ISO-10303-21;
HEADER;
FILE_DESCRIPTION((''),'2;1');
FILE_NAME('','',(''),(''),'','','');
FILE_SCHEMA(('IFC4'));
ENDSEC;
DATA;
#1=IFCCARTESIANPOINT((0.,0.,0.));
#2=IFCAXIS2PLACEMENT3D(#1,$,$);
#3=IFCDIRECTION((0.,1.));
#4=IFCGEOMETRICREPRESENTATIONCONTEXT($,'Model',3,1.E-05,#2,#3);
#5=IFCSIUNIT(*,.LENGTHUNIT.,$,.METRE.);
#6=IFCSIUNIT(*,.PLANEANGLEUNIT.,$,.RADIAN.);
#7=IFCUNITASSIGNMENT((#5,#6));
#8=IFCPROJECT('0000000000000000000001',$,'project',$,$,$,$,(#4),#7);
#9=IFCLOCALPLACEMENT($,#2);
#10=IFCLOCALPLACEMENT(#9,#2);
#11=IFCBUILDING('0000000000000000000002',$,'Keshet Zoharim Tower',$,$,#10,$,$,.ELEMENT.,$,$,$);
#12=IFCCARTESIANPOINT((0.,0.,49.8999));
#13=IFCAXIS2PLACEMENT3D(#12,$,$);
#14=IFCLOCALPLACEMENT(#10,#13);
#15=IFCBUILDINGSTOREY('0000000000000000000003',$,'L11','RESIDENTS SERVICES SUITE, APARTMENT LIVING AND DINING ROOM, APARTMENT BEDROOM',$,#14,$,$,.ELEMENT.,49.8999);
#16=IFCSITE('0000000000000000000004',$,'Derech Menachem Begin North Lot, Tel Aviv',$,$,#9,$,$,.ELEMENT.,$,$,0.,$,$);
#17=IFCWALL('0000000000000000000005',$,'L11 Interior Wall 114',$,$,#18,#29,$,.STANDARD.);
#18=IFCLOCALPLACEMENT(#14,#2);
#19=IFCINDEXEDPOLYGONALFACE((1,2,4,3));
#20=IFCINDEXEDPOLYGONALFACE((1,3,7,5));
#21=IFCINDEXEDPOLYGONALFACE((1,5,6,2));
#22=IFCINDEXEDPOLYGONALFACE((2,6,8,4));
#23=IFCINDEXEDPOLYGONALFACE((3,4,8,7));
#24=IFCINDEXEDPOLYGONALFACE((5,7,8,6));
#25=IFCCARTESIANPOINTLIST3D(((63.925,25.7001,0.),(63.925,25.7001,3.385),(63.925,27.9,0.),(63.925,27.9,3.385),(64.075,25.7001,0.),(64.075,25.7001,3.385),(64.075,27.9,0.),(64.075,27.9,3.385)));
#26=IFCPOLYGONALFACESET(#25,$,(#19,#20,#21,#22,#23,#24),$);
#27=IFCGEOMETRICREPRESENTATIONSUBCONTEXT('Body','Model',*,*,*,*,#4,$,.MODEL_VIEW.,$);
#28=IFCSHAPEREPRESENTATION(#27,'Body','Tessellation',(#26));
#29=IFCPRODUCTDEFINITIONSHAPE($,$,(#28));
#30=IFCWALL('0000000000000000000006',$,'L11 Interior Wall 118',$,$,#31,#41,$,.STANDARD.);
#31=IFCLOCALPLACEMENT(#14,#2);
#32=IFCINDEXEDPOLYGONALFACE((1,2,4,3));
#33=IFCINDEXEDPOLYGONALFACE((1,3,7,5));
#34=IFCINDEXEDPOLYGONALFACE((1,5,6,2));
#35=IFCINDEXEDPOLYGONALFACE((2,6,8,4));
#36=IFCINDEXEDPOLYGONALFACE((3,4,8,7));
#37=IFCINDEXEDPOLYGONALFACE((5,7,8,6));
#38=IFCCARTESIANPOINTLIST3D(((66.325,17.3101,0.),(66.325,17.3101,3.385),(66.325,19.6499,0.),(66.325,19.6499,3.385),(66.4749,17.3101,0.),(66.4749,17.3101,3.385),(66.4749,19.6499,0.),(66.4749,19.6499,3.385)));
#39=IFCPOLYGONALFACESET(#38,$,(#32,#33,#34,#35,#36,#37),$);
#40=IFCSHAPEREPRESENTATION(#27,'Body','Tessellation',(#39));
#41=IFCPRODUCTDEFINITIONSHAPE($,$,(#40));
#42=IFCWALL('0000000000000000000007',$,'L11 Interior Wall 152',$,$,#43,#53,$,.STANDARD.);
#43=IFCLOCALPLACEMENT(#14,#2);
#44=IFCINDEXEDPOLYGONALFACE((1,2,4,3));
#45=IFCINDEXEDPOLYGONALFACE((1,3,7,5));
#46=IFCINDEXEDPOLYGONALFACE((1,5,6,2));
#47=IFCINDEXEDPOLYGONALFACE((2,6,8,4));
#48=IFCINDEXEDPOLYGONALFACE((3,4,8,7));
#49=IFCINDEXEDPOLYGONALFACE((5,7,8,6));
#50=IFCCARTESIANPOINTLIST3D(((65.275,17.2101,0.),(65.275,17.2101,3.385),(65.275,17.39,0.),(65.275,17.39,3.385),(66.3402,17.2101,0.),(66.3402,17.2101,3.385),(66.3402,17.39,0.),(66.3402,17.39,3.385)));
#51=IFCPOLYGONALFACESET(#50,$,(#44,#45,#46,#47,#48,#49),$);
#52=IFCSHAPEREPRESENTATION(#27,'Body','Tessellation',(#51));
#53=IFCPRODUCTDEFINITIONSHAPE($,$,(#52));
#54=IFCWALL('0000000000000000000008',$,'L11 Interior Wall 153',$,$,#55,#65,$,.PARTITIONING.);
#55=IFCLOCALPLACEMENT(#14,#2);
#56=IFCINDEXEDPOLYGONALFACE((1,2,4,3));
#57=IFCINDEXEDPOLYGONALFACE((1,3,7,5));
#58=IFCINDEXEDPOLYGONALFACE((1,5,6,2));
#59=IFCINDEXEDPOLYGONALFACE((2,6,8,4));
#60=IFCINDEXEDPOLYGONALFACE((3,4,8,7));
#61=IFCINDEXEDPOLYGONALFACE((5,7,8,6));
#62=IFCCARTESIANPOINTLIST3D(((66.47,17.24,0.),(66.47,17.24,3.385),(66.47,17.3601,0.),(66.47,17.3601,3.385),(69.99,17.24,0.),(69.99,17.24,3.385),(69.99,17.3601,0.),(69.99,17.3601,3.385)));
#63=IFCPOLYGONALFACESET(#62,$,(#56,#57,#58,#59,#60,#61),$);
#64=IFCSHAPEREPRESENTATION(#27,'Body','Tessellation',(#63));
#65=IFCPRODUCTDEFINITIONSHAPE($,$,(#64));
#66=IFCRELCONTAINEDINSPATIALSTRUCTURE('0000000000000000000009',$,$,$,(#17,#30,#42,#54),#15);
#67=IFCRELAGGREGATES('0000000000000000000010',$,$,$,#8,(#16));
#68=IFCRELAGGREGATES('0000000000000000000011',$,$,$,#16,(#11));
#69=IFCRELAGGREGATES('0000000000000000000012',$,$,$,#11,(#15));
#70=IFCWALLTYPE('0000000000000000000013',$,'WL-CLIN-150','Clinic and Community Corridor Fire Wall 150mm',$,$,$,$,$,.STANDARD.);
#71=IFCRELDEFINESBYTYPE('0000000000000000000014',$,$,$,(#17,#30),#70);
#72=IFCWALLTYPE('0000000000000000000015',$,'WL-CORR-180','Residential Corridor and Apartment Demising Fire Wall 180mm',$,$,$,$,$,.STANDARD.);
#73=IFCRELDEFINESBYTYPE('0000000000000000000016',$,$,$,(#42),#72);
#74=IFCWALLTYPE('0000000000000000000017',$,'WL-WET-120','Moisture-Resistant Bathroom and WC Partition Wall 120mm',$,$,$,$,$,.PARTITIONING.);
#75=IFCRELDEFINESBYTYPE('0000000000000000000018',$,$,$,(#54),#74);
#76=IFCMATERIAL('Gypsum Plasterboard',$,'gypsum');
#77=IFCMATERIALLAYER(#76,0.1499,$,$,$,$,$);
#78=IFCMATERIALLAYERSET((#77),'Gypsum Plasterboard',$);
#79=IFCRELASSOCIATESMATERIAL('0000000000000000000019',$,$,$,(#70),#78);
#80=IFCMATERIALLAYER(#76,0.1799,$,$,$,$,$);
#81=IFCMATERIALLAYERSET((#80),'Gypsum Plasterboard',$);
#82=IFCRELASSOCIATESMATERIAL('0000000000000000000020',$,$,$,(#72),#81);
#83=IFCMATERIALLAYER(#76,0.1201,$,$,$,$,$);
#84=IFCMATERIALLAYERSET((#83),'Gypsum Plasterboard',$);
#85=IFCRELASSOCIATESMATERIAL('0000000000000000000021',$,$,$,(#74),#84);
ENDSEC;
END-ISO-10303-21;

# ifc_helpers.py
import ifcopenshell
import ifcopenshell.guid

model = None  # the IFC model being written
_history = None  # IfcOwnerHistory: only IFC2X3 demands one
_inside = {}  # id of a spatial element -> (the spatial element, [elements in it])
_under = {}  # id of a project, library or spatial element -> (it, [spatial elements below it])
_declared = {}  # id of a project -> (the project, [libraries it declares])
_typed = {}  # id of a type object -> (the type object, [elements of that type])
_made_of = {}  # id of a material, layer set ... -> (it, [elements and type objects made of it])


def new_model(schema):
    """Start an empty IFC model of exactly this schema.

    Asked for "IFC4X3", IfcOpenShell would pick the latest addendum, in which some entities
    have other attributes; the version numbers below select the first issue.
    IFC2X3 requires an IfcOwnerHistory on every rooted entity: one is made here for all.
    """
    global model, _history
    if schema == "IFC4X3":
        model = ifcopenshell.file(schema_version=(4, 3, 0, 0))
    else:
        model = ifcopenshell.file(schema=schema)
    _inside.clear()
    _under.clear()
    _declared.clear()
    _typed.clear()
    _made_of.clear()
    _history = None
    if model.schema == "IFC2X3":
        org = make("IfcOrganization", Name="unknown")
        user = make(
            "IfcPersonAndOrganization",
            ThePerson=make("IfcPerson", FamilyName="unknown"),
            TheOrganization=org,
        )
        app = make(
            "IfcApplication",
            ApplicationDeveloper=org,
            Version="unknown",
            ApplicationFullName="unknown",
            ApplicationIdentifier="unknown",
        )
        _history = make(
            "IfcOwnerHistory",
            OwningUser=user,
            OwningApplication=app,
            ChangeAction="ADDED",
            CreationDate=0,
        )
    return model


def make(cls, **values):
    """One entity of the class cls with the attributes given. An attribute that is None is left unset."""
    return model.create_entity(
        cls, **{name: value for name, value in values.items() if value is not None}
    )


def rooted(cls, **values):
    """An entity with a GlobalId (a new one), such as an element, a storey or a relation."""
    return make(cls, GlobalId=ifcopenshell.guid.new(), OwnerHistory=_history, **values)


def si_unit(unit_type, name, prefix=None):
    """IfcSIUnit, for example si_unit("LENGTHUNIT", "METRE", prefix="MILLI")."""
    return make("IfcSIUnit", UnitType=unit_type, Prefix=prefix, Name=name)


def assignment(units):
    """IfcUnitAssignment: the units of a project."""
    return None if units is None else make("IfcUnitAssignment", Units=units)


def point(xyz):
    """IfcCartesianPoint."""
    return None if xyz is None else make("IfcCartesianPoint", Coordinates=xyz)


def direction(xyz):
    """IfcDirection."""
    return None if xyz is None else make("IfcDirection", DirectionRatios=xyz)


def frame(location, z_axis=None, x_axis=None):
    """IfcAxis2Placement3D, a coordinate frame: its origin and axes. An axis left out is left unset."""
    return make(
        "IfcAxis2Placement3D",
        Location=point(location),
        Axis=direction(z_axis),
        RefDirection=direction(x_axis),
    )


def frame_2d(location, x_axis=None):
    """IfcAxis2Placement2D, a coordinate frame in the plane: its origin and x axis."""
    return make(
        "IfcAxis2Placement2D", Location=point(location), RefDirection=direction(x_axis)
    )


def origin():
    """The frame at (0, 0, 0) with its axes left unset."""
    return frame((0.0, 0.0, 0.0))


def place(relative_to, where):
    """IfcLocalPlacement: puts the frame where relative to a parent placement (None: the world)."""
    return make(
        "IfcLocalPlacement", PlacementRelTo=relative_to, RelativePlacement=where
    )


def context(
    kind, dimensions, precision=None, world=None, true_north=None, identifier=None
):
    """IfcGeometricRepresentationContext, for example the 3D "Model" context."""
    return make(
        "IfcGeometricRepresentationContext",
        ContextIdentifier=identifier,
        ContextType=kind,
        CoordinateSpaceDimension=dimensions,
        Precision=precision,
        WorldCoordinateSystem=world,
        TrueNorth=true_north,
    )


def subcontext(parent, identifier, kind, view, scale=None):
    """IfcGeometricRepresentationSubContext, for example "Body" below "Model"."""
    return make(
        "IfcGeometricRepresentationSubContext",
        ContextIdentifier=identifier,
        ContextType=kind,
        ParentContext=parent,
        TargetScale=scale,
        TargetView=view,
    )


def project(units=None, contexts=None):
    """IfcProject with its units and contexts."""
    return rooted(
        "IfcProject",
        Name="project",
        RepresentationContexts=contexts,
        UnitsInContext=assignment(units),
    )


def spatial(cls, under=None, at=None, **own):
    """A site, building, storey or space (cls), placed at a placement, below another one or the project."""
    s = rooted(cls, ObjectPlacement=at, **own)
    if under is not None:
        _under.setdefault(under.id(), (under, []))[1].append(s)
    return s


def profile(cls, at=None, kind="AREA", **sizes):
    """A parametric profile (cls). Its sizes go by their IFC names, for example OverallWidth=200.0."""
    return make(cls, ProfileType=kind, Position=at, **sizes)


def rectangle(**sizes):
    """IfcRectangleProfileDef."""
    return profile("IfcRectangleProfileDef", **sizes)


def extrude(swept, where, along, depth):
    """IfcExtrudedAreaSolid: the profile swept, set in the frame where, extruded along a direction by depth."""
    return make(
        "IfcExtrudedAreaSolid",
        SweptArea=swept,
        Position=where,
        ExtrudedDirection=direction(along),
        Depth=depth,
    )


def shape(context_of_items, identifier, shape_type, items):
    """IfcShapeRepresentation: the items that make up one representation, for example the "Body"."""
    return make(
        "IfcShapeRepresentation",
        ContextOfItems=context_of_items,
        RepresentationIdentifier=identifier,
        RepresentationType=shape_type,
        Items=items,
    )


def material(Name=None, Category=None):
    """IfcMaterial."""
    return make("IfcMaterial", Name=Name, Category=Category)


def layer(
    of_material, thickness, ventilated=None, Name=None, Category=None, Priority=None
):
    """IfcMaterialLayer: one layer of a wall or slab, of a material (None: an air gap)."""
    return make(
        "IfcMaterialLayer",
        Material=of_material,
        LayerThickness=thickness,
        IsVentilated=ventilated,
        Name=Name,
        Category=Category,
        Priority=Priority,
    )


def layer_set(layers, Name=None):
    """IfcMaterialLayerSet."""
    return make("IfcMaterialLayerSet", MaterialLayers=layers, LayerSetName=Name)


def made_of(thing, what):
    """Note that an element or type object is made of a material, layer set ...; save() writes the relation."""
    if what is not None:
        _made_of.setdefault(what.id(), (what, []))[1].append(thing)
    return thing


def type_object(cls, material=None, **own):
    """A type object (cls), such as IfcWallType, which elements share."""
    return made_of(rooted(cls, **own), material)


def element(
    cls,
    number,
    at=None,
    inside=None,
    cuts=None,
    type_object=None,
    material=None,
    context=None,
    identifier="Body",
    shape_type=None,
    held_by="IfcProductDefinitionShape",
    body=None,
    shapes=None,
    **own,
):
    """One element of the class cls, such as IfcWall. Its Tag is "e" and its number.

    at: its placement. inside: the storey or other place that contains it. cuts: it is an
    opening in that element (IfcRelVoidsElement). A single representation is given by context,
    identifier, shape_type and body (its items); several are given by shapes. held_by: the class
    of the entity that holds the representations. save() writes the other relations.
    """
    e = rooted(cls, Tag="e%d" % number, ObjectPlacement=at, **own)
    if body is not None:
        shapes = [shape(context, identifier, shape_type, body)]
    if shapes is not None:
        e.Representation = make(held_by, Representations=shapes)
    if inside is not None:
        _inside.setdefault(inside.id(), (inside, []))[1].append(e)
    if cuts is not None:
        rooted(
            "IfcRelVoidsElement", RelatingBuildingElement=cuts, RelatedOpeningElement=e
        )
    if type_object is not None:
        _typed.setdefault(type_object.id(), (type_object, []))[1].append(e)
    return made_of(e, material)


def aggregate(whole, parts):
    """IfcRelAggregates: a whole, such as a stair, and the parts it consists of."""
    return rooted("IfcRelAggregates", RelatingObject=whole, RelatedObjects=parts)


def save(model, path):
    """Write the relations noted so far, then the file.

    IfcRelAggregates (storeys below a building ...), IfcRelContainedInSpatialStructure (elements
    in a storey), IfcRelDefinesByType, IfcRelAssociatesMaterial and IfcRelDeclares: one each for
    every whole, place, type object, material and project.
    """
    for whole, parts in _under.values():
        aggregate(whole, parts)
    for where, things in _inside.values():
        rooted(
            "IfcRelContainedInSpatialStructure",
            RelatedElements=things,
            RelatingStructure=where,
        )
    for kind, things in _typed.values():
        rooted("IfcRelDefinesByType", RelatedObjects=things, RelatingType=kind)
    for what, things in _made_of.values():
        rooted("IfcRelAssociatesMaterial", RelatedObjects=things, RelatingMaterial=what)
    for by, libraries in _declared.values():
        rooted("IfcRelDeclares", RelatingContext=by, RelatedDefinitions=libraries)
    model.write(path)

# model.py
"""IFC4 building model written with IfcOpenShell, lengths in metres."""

from ifc_helpers import new_model, si_unit, direction, frame, frame_2d, origin, place, context, subcontext, project, spatial, rectangle, extrude, material, layer, layer_set, type_object, element, save


model = new_model("IFC4")

# Units and contexts
model_context = context("Model", 3, precision=1e-05, world=origin(), true_north=direction((0.0, 1.0)))
body_context = subcontext(model_context, "Body", "Model", "MODEL_VIEW")
ifc_project = project(units=[si_unit("LENGTHUNIT", "METRE"), si_unit("PLANEANGLEUNIT", "RADIAN")], contexts=[model_context])

# Site, building, storey
site_placement = place(None, origin())
site = spatial("IfcSite", under=ifc_project, at=site_placement, Name="Derech Menachem Begin North Lot, Tel Aviv", CompositionType="ELEMENT", RefElevation=0.0)
building_placement = place(site_placement, origin())
building = spatial("IfcBuilding", under=site, at=building_placement, Name="Keshet Zoharim Tower", CompositionType="ELEMENT")
storey_placement = place(building_placement, frame((0.0, 0.0, 49.8999)))
storey = spatial("IfcBuildingStorey", under=building, at=storey_placement, Name="L11", Description="RESIDENTS SERVICES SUITE, APARTMENT LIVING AND DINING ROOM, APARTMENT BEDROOM", CompositionType="ELEMENT", Elevation=49.8999)

# Walls
ifc_material_1 = material(Name="Gypsum Plasterboard", Category="gypsum")
ifc_layer_1 = layer(ifc_material_1, 0.1499)
ifc_layer_set_1 = layer_set([ifc_layer_1], Name="Gypsum Plasterboard")
wall_type_1 = type_object("IfcWallType", Name="WL-CLIN-150", Description="Clinic and Community Corridor Fire Wall 150mm", PredefinedType="STANDARD", material=ifc_layer_set_1)
wall_1_placement = place(storey_placement, frame((64.0, 25.7, 0.0), z_axis=(0.0, 0.0, 1.0), x_axis=(0.0, 1.0, 0.0)))
element("IfcWall", 1, at=wall_1_placement, inside=storey, type_object=wall_type_1, Name="L11 Interior Wall 114", PredefinedType="STANDARD", context=body_context, shape_type="SweptSolid", body=[
    extrude(rectangle(XDim=2.2, YDim=0.1499, at=frame_2d((1.1001, 0.0))), origin(), (0.0, 0.0, 1.0), 3.385),
])
wall_2_placement = place(storey_placement, frame((66.3999, 17.3101, 0.0), z_axis=(0.0, 0.0, 1.0), x_axis=(0.0, 1.0, 0.0)))
element("IfcWall", 2, at=wall_2_placement, inside=storey, type_object=wall_type_1, Name="L11 Interior Wall 118", PredefinedType="STANDARD", context=body_context, shape_type="SweptSolid", body=[
    extrude(rectangle(XDim=2.3398, YDim=0.1499, at=frame_2d((1.1699, 0.0))), origin(), (0.0, 0.0, 1.0), 3.385),
])

# Shared definitions
ifc_layer_2 = layer(ifc_material_1, 0.1799)
ifc_layer_set_2 = layer_set([ifc_layer_2], Name="Gypsum Plasterboard")
wall_type_2 = type_object("IfcWallType", Name="WL-CORR-180", Description="Residential Corridor and Apartment Demising Fire Wall 180mm", PredefinedType="STANDARD", material=ifc_layer_set_2)

# Walls
wall_3_placement = place(storey_placement, frame((65.2749, 17.3, 0.0), z_axis=(0.0, 0.0, 1.0), x_axis=(1.0, 0.0, 0.0)))
element("IfcWall", 3, at=wall_3_placement, inside=storey, type_object=wall_type_2, Name="L11 Interior Wall 152", PredefinedType="STANDARD", context=body_context, shape_type="SweptSolid", body=[
    extrude(rectangle(XDim=1.0652, YDim=0.1799, at=frame_2d((0.5327, 0.0))), origin(), (0.0, 0.0, 1.0), 3.385),
])
ifc_layer_3 = layer(ifc_material_1, 0.1201)
ifc_layer_set_3 = layer_set([ifc_layer_3], Name="Gypsum Plasterboard")
wall_type_3 = type_object("IfcWallType", Name="WL-WET-120", Description="Moisture-Resistant Bathroom and WC Partition Wall 120mm", PredefinedType="PARTITIONING", material=ifc_layer_set_3)
wall_4_placement = place(storey_placement, frame((66.47, 17.3, 0.0), z_axis=(0.0, 0.0, 1.0), x_axis=(1.0, 0.0, 0.0)))
element("IfcWall", 4, at=wall_4_placement, inside=storey, type_object=wall_type_3, Name="L11 Interior Wall 153", PredefinedType="PARTITIONING", context=body_context, shape_type="SweptSolid", body=[
    extrude(rectangle(XDim=3.52, YDim=0.1201, at=frame_2d((1.76, 0.0))), origin(), (0.0, 0.0, 1.0), 3.385),
])

save(model, "model.ifc")
